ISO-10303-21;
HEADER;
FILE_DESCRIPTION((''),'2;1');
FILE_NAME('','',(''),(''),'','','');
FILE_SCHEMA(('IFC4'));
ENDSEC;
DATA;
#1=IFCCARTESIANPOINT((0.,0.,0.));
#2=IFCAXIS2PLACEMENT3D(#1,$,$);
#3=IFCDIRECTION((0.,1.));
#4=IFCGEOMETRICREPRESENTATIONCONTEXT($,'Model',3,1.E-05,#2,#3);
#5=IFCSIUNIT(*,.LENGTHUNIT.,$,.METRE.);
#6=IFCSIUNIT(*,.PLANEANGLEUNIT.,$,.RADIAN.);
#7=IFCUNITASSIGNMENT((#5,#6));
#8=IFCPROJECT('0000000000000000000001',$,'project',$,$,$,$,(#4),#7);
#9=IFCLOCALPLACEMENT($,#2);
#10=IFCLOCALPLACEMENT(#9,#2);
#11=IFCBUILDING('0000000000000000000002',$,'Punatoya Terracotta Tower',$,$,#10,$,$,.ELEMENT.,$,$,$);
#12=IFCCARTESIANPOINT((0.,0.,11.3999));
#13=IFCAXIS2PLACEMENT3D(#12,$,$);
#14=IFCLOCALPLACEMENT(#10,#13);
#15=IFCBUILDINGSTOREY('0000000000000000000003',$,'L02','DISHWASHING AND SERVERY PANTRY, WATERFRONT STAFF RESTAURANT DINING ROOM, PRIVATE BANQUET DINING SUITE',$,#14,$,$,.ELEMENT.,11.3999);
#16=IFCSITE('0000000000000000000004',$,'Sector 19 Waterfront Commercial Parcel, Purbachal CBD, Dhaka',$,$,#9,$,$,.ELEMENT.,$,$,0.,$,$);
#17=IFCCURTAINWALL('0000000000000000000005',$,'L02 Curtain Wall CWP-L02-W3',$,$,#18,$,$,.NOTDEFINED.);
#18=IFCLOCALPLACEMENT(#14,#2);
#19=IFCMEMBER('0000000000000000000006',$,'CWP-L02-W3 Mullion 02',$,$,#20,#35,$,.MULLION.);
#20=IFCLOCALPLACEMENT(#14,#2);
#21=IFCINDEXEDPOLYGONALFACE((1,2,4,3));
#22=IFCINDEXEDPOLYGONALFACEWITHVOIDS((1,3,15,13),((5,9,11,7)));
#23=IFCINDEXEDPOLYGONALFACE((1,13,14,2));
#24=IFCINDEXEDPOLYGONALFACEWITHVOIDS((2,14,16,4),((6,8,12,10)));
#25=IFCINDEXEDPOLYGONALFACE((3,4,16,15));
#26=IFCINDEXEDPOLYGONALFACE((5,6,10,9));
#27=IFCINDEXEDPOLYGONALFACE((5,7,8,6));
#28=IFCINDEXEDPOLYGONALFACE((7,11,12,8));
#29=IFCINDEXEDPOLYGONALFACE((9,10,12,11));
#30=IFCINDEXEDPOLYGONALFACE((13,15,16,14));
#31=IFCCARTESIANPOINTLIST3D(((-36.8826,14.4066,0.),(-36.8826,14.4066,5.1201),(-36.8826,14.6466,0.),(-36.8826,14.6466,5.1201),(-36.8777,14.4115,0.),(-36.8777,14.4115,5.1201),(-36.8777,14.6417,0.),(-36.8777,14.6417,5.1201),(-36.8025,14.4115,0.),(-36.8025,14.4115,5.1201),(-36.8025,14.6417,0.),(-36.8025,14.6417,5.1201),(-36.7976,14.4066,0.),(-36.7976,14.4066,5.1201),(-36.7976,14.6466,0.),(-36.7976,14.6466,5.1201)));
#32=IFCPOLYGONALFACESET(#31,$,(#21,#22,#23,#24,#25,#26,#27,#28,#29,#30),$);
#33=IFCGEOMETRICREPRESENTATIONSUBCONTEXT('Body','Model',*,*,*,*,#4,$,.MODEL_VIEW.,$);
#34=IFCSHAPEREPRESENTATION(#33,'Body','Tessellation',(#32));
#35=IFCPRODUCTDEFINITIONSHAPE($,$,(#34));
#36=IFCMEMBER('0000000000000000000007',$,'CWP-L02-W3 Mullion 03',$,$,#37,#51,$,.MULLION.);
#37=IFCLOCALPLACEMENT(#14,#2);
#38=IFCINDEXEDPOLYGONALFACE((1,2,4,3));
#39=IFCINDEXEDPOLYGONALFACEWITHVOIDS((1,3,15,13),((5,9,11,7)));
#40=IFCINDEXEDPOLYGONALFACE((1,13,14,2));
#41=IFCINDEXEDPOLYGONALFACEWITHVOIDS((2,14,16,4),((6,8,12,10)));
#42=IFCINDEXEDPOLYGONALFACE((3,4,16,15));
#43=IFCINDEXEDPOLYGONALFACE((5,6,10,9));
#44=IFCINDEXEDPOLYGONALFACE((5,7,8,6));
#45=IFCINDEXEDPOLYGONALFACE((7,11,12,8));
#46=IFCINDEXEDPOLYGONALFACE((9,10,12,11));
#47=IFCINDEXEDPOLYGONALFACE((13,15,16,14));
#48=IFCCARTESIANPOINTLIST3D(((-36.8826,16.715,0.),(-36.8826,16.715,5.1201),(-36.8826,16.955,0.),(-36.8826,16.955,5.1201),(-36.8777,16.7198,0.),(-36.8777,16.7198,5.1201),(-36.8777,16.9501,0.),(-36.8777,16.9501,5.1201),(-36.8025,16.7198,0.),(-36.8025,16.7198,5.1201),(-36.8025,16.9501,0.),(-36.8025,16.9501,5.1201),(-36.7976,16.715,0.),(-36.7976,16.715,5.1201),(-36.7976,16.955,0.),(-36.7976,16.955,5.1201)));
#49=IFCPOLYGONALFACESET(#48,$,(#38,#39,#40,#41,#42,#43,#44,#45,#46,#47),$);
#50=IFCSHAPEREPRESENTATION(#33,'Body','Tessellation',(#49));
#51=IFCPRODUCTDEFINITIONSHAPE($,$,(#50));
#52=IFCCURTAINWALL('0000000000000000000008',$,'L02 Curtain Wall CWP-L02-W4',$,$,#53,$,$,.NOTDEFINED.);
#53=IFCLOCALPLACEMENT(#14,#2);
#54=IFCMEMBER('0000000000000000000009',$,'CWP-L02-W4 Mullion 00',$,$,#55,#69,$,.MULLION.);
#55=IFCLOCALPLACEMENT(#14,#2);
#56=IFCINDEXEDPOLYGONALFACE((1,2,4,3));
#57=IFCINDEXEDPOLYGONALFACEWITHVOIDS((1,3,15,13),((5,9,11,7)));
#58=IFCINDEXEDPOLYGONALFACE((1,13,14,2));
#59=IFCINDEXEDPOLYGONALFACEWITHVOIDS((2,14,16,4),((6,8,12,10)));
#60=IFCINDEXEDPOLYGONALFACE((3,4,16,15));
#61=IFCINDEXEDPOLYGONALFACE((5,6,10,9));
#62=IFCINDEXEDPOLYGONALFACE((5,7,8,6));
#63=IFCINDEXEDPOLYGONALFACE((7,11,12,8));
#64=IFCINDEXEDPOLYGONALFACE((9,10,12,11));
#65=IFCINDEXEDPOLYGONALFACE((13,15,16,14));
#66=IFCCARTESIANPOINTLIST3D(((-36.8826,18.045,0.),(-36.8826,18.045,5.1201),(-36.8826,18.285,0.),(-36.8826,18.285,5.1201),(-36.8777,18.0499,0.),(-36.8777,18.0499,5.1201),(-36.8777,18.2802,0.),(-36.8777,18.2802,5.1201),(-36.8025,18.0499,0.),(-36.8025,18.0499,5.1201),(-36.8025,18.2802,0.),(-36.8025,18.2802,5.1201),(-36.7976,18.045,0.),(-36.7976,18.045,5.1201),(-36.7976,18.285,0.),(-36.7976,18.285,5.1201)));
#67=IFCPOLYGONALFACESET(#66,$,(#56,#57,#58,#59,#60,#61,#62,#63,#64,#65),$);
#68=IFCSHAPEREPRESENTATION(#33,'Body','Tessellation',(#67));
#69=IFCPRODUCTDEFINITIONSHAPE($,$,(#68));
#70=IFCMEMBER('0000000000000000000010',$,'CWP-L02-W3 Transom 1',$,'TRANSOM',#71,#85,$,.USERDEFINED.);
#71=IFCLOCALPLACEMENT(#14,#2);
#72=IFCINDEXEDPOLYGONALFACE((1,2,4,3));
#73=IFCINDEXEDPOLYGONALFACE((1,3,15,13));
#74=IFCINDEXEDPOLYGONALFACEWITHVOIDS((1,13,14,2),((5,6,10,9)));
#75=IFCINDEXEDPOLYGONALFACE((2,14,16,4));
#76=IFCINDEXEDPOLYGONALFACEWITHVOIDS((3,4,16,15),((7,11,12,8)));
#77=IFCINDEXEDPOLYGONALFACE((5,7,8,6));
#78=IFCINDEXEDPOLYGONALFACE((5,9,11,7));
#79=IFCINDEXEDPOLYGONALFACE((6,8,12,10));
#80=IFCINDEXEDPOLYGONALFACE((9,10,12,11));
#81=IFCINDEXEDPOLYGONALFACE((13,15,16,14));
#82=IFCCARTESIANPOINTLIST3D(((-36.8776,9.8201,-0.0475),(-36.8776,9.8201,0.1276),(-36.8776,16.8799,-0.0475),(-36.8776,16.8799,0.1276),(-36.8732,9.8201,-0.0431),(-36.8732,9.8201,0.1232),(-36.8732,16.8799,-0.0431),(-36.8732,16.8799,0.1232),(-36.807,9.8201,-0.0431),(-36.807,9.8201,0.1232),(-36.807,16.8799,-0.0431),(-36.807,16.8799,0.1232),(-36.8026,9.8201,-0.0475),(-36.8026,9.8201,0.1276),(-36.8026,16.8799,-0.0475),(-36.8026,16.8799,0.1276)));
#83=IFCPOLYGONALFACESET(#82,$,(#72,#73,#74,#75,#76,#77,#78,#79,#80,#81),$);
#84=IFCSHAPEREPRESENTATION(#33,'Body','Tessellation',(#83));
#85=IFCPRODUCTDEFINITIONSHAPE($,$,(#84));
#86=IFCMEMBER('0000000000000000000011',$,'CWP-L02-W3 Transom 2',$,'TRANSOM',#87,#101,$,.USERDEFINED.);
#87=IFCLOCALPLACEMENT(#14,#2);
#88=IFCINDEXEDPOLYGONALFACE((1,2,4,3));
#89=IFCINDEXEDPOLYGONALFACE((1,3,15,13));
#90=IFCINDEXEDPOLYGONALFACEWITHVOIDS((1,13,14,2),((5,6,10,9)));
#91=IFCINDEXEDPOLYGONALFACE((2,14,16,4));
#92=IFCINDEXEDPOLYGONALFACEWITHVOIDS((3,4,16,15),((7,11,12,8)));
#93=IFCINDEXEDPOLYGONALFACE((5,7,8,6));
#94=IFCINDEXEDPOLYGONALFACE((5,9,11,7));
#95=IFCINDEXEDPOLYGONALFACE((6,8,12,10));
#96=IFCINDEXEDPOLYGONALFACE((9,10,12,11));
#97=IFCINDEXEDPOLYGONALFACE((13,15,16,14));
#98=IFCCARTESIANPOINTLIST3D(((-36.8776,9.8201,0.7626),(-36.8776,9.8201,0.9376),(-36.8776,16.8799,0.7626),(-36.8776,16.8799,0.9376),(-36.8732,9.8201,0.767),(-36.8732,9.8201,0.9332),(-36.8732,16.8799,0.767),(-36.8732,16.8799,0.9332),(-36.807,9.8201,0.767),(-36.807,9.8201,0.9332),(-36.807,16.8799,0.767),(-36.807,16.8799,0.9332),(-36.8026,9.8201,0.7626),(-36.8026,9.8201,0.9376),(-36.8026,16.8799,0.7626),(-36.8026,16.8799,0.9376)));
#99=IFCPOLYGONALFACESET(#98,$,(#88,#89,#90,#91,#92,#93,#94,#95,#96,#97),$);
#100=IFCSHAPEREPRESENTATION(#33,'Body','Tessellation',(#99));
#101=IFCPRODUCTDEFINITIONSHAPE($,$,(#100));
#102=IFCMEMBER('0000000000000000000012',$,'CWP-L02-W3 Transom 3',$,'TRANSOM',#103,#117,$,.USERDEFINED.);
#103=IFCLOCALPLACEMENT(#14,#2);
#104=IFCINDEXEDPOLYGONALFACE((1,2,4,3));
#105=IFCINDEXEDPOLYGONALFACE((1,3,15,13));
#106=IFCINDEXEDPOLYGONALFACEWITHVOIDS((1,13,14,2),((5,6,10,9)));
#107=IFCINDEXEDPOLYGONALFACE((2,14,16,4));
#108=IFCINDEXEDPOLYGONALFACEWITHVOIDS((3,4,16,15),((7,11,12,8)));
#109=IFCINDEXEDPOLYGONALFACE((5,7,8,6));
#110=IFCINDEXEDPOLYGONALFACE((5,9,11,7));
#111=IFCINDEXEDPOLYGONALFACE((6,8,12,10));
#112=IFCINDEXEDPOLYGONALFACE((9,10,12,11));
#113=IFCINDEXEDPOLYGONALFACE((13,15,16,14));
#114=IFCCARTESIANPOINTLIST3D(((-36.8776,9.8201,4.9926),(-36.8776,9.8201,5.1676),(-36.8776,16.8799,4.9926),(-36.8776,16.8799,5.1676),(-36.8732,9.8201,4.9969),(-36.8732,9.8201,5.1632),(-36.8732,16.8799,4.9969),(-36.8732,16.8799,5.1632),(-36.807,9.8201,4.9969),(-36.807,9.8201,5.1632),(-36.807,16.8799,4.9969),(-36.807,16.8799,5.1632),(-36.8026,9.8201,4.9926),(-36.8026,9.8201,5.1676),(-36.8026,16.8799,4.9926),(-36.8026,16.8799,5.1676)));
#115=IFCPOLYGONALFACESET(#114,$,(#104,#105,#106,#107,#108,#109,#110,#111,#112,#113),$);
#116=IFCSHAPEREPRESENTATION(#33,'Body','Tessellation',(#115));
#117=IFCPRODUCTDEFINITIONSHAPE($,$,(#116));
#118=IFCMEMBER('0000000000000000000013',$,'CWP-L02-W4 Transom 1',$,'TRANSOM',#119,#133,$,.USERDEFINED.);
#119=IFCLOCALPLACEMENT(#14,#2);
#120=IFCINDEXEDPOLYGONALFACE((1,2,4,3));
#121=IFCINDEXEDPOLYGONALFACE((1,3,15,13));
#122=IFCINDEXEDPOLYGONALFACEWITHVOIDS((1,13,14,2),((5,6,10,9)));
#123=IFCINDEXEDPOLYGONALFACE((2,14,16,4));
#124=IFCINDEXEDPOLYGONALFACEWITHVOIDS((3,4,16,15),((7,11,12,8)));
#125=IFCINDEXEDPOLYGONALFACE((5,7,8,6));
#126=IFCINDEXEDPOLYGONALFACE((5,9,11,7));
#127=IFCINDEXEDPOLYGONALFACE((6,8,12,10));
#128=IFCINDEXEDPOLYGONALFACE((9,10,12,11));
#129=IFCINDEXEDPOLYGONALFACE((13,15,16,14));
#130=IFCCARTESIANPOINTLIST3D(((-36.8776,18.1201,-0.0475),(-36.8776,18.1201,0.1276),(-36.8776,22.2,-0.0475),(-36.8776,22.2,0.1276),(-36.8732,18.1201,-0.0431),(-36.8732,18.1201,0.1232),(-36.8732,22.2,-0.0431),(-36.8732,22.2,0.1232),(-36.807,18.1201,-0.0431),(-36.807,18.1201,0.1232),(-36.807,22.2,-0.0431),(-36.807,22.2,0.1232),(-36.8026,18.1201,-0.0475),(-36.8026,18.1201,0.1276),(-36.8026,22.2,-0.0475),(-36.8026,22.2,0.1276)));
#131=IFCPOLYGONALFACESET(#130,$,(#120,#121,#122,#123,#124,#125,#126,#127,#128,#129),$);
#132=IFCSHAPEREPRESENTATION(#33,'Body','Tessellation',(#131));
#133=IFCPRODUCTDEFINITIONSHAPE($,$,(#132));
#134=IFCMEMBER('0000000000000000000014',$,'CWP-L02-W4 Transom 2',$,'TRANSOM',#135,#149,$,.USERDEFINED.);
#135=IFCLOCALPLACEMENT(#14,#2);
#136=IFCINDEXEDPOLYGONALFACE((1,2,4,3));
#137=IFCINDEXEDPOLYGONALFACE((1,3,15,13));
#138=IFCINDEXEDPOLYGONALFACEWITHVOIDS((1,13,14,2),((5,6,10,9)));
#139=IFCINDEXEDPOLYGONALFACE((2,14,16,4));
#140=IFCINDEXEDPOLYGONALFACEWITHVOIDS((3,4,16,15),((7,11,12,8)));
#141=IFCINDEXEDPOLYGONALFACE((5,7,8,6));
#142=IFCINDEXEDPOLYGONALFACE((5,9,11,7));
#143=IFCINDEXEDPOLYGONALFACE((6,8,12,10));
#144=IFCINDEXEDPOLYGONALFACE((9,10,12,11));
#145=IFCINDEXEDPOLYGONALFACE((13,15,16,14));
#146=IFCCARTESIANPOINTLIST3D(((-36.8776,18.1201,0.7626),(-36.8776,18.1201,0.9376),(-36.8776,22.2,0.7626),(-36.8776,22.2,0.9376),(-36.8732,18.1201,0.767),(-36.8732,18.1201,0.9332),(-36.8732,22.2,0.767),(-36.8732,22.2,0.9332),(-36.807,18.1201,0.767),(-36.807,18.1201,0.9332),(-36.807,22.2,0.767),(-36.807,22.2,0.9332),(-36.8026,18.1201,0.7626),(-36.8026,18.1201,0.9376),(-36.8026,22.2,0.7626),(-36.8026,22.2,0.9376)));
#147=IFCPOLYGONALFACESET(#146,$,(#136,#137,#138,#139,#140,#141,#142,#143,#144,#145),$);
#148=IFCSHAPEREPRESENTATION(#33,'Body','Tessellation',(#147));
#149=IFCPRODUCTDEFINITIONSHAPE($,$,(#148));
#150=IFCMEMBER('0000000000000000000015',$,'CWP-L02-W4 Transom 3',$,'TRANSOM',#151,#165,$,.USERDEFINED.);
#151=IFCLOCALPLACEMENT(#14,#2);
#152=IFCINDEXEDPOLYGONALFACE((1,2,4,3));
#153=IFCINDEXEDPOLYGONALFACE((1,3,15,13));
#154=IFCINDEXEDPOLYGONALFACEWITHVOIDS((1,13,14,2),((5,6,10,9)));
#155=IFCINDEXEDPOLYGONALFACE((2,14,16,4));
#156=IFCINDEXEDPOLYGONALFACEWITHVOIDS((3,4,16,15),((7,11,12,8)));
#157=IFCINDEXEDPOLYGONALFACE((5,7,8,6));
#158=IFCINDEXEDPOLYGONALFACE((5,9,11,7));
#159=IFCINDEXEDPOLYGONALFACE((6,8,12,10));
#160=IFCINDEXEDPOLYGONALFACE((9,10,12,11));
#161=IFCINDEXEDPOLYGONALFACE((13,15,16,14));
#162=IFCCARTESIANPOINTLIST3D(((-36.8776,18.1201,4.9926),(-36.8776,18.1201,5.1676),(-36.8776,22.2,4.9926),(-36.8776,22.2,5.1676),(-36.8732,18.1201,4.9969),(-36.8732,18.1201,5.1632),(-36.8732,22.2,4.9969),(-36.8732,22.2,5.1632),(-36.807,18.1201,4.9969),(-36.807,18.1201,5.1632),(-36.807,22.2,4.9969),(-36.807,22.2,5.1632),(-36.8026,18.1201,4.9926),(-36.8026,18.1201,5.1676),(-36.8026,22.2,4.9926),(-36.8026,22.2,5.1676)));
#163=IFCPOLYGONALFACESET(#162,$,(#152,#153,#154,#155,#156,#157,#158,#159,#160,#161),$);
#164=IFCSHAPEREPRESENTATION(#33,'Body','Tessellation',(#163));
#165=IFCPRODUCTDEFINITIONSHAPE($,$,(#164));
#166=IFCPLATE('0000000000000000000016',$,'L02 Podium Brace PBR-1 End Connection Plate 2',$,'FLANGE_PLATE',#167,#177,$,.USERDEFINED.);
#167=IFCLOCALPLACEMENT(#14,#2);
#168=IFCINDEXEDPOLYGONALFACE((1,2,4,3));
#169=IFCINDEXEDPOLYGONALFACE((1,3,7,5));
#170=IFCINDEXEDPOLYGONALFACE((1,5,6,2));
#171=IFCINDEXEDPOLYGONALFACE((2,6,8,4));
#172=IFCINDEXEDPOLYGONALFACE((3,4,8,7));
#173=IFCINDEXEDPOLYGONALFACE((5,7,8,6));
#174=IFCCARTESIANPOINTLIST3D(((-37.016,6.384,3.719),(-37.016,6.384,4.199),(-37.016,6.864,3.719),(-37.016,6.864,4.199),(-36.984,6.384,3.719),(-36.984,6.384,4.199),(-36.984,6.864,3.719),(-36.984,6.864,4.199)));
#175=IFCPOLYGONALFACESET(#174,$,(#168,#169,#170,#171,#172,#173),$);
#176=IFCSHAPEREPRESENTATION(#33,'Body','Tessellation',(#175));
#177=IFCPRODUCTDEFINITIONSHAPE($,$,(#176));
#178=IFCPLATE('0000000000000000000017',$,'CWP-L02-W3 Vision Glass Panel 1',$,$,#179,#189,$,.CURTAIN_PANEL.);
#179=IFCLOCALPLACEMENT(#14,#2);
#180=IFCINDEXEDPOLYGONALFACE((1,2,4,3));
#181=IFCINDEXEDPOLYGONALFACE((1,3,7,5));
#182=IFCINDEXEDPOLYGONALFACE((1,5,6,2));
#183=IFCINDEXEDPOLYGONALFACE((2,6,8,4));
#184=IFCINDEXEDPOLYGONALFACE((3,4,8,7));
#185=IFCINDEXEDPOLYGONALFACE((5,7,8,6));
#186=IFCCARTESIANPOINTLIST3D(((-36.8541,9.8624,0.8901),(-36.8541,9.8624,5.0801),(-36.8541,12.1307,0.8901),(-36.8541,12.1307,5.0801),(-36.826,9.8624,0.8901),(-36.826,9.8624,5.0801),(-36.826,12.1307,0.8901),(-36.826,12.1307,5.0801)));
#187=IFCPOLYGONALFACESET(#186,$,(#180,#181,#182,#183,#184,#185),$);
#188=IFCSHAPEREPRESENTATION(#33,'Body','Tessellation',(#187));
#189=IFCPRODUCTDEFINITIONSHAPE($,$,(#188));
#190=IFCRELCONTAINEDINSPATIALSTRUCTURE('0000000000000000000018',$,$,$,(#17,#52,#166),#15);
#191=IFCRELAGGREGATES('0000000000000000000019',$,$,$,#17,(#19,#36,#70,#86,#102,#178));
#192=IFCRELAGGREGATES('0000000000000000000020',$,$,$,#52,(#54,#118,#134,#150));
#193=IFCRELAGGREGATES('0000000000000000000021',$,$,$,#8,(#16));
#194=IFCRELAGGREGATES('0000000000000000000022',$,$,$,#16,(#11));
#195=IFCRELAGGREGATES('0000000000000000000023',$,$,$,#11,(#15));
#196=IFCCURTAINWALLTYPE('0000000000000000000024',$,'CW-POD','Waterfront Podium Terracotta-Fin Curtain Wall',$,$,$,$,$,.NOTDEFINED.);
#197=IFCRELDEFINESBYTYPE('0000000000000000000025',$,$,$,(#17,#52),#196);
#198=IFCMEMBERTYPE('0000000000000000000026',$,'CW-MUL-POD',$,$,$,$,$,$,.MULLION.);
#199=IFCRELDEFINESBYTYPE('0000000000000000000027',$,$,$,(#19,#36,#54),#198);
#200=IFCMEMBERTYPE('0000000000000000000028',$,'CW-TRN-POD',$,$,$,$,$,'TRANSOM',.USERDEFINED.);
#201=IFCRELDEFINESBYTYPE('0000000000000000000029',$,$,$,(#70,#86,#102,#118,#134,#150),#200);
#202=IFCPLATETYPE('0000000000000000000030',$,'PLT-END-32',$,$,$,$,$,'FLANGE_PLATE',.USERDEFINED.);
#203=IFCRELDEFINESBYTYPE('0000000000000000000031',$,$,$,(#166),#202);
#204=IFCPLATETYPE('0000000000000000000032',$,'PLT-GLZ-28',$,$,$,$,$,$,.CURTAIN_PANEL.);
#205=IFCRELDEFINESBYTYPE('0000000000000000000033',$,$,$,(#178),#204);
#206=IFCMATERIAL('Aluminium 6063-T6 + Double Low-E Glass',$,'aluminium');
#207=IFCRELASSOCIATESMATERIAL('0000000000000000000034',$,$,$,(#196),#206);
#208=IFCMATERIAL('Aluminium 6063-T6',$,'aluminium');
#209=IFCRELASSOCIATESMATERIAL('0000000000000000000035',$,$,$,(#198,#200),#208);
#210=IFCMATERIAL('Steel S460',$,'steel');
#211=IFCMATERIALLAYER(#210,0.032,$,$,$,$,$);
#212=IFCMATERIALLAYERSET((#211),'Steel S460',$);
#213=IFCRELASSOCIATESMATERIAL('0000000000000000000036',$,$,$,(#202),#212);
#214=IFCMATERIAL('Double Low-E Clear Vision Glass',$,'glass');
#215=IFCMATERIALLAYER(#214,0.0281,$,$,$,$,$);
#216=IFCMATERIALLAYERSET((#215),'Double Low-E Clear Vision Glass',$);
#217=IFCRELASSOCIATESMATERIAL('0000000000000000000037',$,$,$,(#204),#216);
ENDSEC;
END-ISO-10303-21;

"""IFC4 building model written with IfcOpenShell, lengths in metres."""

from ifc_helpers import new_model, si_unit, direction, frame, origin, origin_2d, place, context, subcontext, project, spatial, rectangle, hollow_rectangle, extrude, material, layer, layer_set, material_profile, profile_set, type_object, element, aggregate, save


model = new_model("IFC4")

# Units and contexts
model_context = context("Model", 3, precision=1e-05, world=origin(), true_north=direction((0.0, 1.0)))
body_context = subcontext(model_context, "Body", "Model", "MODEL_VIEW")
ifc_project = project(units=[si_unit("LENGTHUNIT", "METRE"), si_unit("PLANEANGLEUNIT", "RADIAN")], contexts=[model_context])

# Site, building, storey
site_placement = place(None, origin())
site = spatial("IfcSite", under=ifc_project, at=site_placement, Name="Sector 19 Waterfront Commercial Parcel, Purbachal CBD, Dhaka", CompositionType="ELEMENT", RefElevation=0.0)
building_placement = place(site_placement, origin())
building = spatial("IfcBuilding", under=site, at=building_placement, Name="Punatoya Terracotta Tower", CompositionType="ELEMENT")
storey_placement = place(building_placement, frame((0.0, 0.0, 11.3999)))
storey = spatial("IfcBuildingStorey", under=building, at=storey_placement, Name="L02", Description="DISHWASHING AND SERVERY PANTRY, WATERFRONT STAFF RESTAURANT DINING ROOM, PRIVATE BANQUET DINING SUITE", CompositionType="ELEMENT", Elevation=11.3999)

# Curtain wall, members
ifc_material_1 = material(Name="Aluminium 6063-T6 + Double Low-E Glass", Category="aluminium")
curtain_wall_type = type_object("IfcCurtainWallType", Name="CW-POD", Description="Waterfront Podium Terracotta-Fin Curtain Wall", PredefinedType="NOTDEFINED", material=ifc_material_1)
curtain_wall_1_placement = place(storey_placement, origin())
curtain_wall_1 = element("IfcCurtainWall", 1, at=curtain_wall_1_placement, inside=storey, type_object=curtain_wall_type, Name="L02 Curtain Wall CWP-L02-W3", PredefinedType="NOTDEFINED")
ifc_material_2 = material(Name="Aluminium 6063-T6", Category="aluminium")
ifc_material_profile_1 = material_profile(ifc_material_2, hollow_rectangle(XDim=0.085, YDim=0.24, WallThickness=0.0049, at=origin_2d()))
ifc_profile_set_1 = profile_set([ifc_material_profile_1], Name="Aluminium 6063-T6")
member_type_1 = type_object("IfcMemberType", Name="CW-MUL-POD", PredefinedType="MULLION", material=ifc_profile_set_1)
member_1_placement = place(storey_placement, frame((-36.8401, 14.5266, 0.0), z_axis=(0.0, 0.0, 1.0), x_axis=(1.0, 0.0, 0.0)))
member_1 = element("IfcMember", 2, at=member_1_placement, type_object=member_type_1, Name="CWP-L02-W3 Mullion 02", PredefinedType="MULLION", context=body_context, shape_type="SweptSolid", body=[
    extrude(hollow_rectangle(XDim=0.085, YDim=0.24, WallThickness=0.0049, at=origin_2d()), origin(), (0.0, 0.0, 1.0), 5.1201),
])
member_2_placement = place(storey_placement, frame((-36.8401, 16.835, 0.0), z_axis=(0.0, 0.0, 1.0), x_axis=(1.0, 0.0, 0.0)))
member_2 = element("IfcMember", 3, at=member_2_placement, type_object=member_type_1, Name="CWP-L02-W3 Mullion 03", PredefinedType="MULLION", context=body_context, shape_type="SweptSolid", body=[
    extrude(hollow_rectangle(XDim=0.085, YDim=0.24, WallThickness=0.0049, at=origin_2d()), origin(), (0.0, 0.0, 1.0), 5.1201),
])

# Curtain wall, member
curtain_wall_2_placement = place(storey_placement, origin())
curtain_wall_2 = element("IfcCurtainWall", 4, at=curtain_wall_2_placement, inside=storey, type_object=curtain_wall_type, Name="L02 Curtain Wall CWP-L02-W4", PredefinedType="NOTDEFINED")
member_3_placement = place(storey_placement, frame((-36.8401, 18.165, 0.0), z_axis=(0.0, 0.0, 1.0), x_axis=(1.0, 0.0, 0.0)))
member_3 = element("IfcMember", 5, at=member_3_placement, type_object=member_type_1, Name="CWP-L02-W4 Mullion 00", PredefinedType="MULLION", context=body_context, shape_type="SweptSolid", body=[
    extrude(hollow_rectangle(XDim=0.085, YDim=0.24, WallThickness=0.0049, at=origin_2d()), origin(), (0.0, 0.0, 1.0), 5.1201),
])

# Members
ifc_material_profile_2 = material_profile(ifc_material_2, hollow_rectangle(XDim=0.075, YDim=0.175, WallThickness=0.0044, at=origin_2d()))
ifc_profile_set_2 = profile_set([ifc_material_profile_2], Name="Aluminium 6063-T6")
member_type_2 = type_object("IfcMemberType", Name="CW-TRN-POD", ElementType="TRANSOM", PredefinedType="USERDEFINED", material=ifc_profile_set_2)
member_4_placement = place(storey_placement, frame((-36.8401, 9.8201, 0.04), z_axis=(0.0, 1.0, 0.0), x_axis=(-1.0, 0.0, 0.0)))
member_4 = element("IfcMember", 6, at=member_4_placement, type_object=member_type_2, Name="CWP-L02-W3 Transom 1", ObjectType="TRANSOM", PredefinedType="USERDEFINED", context=body_context, shape_type="SweptSolid", body=[
    extrude(hollow_rectangle(XDim=0.075, YDim=0.175, WallThickness=0.0044, at=origin_2d()), origin(), (0.0, 0.0, 1.0), 7.0598),
])
member_5_placement = place(storey_placement, frame((-36.8401, 9.8201, 0.8501), z_axis=(0.0, 1.0, 0.0), x_axis=(-1.0, 0.0, 0.0)))
member_5 = element("IfcMember", 7, at=member_5_placement, type_object=member_type_2, Name="CWP-L02-W3 Transom 2", ObjectType="TRANSOM", PredefinedType="USERDEFINED", context=body_context, shape_type="SweptSolid", body=[
    extrude(hollow_rectangle(XDim=0.075, YDim=0.175, WallThickness=0.0044, at=origin_2d()), origin(), (0.0, 0.0, 1.0), 7.0598),
])
member_6_placement = place(storey_placement, frame((-36.8401, 9.8201, 5.0801), z_axis=(0.0, 1.0, 0.0), x_axis=(-1.0, 0.0, 0.0)))
member_6 = element("IfcMember", 8, at=member_6_placement, type_object=member_type_2, Name="CWP-L02-W3 Transom 3", ObjectType="TRANSOM", PredefinedType="USERDEFINED", context=body_context, shape_type="SweptSolid", body=[
    extrude(hollow_rectangle(XDim=0.075, YDim=0.175, WallThickness=0.0044, at=origin_2d()), origin(), (0.0, 0.0, 1.0), 7.0598),
])
member_7_placement = place(storey_placement, frame((-36.8401, 18.1201, 0.04), z_axis=(0.0, 1.0, 0.0), x_axis=(-1.0, 0.0, 0.0)))
member_7 = element("IfcMember", 9, at=member_7_placement, type_object=member_type_2, Name="CWP-L02-W4 Transom 1", ObjectType="TRANSOM", PredefinedType="USERDEFINED", context=body_context, shape_type="SweptSolid", body=[
    extrude(hollow_rectangle(XDim=0.075, YDim=0.175, WallThickness=0.0044, at=origin_2d()), origin(), (0.0, 0.0, 1.0), 4.0798),
])
member_8_placement = place(storey_placement, frame((-36.8401, 18.1201, 0.8501), z_axis=(0.0, 1.0, 0.0), x_axis=(-1.0, 0.0, 0.0)))
member_8 = element("IfcMember", 10, at=member_8_placement, type_object=member_type_2, Name="CWP-L02-W4 Transom 2", ObjectType="TRANSOM", PredefinedType="USERDEFINED", context=body_context, shape_type="SweptSolid", body=[
    extrude(hollow_rectangle(XDim=0.075, YDim=0.175, WallThickness=0.0044, at=origin_2d()), origin(), (0.0, 0.0, 1.0), 4.0798),
])
member_9_placement = place(storey_placement, frame((-36.8401, 18.1201, 5.0801), z_axis=(0.0, 1.0, 0.0), x_axis=(-1.0, 0.0, 0.0)))
member_9 = element("IfcMember", 11, at=member_9_placement, type_object=member_type_2, Name="CWP-L02-W4 Transom 3", ObjectType="TRANSOM", PredefinedType="USERDEFINED", context=body_context, shape_type="SweptSolid", body=[
    extrude(hollow_rectangle(XDim=0.075, YDim=0.175, WallThickness=0.0044, at=origin_2d()), origin(), (0.0, 0.0, 1.0), 4.0798),
])

# Plates
ifc_material_3 = material(Name="Steel S460", Category="steel")
ifc_layer_1 = layer(ifc_material_3, 0.032)
ifc_layer_set_1 = layer_set([ifc_layer_1], Name="Steel S460")
plate_type_1 = type_object("IfcPlateType", Name="PLT-END-32", ElementType="FLANGE_PLATE", PredefinedType="USERDEFINED", material=ifc_layer_set_1)
plate_1_placement = place(storey_placement, frame((-37.0, 6.624, 3.719), z_axis=(0.0, 0.0, 1.0), x_axis=(1.0, 0.0, 0.0)))
element("IfcPlate", 12, at=plate_1_placement, inside=storey, type_object=plate_type_1, Name="L02 Podium Brace PBR-1 End Connection Plate 2", ObjectType="FLANGE_PLATE", PredefinedType="USERDEFINED", context=body_context, shape_type="SweptSolid", body=[
    extrude(rectangle(XDim=0.032, YDim=0.48, at=origin_2d()), origin(), (0.0, 0.0, 1.0), 0.48),
])
ifc_material_4 = material(Name="Double Low-E Clear Vision Glass", Category="glass")
ifc_layer_2 = layer(ifc_material_4, 0.0281)
ifc_layer_set_2 = layer_set([ifc_layer_2], Name="Double Low-E Clear Vision Glass")
plate_type_2 = type_object("IfcPlateType", Name="PLT-GLZ-28", PredefinedType="CURTAIN_PANEL", material=ifc_layer_set_2)
plate_2_placement = place(storey_placement, frame((-36.8401, 10.9966, 0.8901), z_axis=(0.0, 0.0, 1.0), x_axis=(0.0, 1.0, 0.0)))
plate_2 = element("IfcPlate", 13, at=plate_2_placement, type_object=plate_type_2, Name="CWP-L02-W3 Vision Glass Panel 1", PredefinedType="CURTAIN_PANEL", context=body_context, shape_type="SweptSolid", body=[
    extrude(rectangle(XDim=2.2683, YDim=0.0281, at=origin_2d()), origin(), (0.0, 0.0, 1.0), 4.1899),
])
aggregate(curtain_wall_1, [member_1, member_2, member_4, member_5, member_6, plate_2])
aggregate(curtain_wall_2, [member_3, member_7, member_8, member_9])

save(model, "model.ifc")
